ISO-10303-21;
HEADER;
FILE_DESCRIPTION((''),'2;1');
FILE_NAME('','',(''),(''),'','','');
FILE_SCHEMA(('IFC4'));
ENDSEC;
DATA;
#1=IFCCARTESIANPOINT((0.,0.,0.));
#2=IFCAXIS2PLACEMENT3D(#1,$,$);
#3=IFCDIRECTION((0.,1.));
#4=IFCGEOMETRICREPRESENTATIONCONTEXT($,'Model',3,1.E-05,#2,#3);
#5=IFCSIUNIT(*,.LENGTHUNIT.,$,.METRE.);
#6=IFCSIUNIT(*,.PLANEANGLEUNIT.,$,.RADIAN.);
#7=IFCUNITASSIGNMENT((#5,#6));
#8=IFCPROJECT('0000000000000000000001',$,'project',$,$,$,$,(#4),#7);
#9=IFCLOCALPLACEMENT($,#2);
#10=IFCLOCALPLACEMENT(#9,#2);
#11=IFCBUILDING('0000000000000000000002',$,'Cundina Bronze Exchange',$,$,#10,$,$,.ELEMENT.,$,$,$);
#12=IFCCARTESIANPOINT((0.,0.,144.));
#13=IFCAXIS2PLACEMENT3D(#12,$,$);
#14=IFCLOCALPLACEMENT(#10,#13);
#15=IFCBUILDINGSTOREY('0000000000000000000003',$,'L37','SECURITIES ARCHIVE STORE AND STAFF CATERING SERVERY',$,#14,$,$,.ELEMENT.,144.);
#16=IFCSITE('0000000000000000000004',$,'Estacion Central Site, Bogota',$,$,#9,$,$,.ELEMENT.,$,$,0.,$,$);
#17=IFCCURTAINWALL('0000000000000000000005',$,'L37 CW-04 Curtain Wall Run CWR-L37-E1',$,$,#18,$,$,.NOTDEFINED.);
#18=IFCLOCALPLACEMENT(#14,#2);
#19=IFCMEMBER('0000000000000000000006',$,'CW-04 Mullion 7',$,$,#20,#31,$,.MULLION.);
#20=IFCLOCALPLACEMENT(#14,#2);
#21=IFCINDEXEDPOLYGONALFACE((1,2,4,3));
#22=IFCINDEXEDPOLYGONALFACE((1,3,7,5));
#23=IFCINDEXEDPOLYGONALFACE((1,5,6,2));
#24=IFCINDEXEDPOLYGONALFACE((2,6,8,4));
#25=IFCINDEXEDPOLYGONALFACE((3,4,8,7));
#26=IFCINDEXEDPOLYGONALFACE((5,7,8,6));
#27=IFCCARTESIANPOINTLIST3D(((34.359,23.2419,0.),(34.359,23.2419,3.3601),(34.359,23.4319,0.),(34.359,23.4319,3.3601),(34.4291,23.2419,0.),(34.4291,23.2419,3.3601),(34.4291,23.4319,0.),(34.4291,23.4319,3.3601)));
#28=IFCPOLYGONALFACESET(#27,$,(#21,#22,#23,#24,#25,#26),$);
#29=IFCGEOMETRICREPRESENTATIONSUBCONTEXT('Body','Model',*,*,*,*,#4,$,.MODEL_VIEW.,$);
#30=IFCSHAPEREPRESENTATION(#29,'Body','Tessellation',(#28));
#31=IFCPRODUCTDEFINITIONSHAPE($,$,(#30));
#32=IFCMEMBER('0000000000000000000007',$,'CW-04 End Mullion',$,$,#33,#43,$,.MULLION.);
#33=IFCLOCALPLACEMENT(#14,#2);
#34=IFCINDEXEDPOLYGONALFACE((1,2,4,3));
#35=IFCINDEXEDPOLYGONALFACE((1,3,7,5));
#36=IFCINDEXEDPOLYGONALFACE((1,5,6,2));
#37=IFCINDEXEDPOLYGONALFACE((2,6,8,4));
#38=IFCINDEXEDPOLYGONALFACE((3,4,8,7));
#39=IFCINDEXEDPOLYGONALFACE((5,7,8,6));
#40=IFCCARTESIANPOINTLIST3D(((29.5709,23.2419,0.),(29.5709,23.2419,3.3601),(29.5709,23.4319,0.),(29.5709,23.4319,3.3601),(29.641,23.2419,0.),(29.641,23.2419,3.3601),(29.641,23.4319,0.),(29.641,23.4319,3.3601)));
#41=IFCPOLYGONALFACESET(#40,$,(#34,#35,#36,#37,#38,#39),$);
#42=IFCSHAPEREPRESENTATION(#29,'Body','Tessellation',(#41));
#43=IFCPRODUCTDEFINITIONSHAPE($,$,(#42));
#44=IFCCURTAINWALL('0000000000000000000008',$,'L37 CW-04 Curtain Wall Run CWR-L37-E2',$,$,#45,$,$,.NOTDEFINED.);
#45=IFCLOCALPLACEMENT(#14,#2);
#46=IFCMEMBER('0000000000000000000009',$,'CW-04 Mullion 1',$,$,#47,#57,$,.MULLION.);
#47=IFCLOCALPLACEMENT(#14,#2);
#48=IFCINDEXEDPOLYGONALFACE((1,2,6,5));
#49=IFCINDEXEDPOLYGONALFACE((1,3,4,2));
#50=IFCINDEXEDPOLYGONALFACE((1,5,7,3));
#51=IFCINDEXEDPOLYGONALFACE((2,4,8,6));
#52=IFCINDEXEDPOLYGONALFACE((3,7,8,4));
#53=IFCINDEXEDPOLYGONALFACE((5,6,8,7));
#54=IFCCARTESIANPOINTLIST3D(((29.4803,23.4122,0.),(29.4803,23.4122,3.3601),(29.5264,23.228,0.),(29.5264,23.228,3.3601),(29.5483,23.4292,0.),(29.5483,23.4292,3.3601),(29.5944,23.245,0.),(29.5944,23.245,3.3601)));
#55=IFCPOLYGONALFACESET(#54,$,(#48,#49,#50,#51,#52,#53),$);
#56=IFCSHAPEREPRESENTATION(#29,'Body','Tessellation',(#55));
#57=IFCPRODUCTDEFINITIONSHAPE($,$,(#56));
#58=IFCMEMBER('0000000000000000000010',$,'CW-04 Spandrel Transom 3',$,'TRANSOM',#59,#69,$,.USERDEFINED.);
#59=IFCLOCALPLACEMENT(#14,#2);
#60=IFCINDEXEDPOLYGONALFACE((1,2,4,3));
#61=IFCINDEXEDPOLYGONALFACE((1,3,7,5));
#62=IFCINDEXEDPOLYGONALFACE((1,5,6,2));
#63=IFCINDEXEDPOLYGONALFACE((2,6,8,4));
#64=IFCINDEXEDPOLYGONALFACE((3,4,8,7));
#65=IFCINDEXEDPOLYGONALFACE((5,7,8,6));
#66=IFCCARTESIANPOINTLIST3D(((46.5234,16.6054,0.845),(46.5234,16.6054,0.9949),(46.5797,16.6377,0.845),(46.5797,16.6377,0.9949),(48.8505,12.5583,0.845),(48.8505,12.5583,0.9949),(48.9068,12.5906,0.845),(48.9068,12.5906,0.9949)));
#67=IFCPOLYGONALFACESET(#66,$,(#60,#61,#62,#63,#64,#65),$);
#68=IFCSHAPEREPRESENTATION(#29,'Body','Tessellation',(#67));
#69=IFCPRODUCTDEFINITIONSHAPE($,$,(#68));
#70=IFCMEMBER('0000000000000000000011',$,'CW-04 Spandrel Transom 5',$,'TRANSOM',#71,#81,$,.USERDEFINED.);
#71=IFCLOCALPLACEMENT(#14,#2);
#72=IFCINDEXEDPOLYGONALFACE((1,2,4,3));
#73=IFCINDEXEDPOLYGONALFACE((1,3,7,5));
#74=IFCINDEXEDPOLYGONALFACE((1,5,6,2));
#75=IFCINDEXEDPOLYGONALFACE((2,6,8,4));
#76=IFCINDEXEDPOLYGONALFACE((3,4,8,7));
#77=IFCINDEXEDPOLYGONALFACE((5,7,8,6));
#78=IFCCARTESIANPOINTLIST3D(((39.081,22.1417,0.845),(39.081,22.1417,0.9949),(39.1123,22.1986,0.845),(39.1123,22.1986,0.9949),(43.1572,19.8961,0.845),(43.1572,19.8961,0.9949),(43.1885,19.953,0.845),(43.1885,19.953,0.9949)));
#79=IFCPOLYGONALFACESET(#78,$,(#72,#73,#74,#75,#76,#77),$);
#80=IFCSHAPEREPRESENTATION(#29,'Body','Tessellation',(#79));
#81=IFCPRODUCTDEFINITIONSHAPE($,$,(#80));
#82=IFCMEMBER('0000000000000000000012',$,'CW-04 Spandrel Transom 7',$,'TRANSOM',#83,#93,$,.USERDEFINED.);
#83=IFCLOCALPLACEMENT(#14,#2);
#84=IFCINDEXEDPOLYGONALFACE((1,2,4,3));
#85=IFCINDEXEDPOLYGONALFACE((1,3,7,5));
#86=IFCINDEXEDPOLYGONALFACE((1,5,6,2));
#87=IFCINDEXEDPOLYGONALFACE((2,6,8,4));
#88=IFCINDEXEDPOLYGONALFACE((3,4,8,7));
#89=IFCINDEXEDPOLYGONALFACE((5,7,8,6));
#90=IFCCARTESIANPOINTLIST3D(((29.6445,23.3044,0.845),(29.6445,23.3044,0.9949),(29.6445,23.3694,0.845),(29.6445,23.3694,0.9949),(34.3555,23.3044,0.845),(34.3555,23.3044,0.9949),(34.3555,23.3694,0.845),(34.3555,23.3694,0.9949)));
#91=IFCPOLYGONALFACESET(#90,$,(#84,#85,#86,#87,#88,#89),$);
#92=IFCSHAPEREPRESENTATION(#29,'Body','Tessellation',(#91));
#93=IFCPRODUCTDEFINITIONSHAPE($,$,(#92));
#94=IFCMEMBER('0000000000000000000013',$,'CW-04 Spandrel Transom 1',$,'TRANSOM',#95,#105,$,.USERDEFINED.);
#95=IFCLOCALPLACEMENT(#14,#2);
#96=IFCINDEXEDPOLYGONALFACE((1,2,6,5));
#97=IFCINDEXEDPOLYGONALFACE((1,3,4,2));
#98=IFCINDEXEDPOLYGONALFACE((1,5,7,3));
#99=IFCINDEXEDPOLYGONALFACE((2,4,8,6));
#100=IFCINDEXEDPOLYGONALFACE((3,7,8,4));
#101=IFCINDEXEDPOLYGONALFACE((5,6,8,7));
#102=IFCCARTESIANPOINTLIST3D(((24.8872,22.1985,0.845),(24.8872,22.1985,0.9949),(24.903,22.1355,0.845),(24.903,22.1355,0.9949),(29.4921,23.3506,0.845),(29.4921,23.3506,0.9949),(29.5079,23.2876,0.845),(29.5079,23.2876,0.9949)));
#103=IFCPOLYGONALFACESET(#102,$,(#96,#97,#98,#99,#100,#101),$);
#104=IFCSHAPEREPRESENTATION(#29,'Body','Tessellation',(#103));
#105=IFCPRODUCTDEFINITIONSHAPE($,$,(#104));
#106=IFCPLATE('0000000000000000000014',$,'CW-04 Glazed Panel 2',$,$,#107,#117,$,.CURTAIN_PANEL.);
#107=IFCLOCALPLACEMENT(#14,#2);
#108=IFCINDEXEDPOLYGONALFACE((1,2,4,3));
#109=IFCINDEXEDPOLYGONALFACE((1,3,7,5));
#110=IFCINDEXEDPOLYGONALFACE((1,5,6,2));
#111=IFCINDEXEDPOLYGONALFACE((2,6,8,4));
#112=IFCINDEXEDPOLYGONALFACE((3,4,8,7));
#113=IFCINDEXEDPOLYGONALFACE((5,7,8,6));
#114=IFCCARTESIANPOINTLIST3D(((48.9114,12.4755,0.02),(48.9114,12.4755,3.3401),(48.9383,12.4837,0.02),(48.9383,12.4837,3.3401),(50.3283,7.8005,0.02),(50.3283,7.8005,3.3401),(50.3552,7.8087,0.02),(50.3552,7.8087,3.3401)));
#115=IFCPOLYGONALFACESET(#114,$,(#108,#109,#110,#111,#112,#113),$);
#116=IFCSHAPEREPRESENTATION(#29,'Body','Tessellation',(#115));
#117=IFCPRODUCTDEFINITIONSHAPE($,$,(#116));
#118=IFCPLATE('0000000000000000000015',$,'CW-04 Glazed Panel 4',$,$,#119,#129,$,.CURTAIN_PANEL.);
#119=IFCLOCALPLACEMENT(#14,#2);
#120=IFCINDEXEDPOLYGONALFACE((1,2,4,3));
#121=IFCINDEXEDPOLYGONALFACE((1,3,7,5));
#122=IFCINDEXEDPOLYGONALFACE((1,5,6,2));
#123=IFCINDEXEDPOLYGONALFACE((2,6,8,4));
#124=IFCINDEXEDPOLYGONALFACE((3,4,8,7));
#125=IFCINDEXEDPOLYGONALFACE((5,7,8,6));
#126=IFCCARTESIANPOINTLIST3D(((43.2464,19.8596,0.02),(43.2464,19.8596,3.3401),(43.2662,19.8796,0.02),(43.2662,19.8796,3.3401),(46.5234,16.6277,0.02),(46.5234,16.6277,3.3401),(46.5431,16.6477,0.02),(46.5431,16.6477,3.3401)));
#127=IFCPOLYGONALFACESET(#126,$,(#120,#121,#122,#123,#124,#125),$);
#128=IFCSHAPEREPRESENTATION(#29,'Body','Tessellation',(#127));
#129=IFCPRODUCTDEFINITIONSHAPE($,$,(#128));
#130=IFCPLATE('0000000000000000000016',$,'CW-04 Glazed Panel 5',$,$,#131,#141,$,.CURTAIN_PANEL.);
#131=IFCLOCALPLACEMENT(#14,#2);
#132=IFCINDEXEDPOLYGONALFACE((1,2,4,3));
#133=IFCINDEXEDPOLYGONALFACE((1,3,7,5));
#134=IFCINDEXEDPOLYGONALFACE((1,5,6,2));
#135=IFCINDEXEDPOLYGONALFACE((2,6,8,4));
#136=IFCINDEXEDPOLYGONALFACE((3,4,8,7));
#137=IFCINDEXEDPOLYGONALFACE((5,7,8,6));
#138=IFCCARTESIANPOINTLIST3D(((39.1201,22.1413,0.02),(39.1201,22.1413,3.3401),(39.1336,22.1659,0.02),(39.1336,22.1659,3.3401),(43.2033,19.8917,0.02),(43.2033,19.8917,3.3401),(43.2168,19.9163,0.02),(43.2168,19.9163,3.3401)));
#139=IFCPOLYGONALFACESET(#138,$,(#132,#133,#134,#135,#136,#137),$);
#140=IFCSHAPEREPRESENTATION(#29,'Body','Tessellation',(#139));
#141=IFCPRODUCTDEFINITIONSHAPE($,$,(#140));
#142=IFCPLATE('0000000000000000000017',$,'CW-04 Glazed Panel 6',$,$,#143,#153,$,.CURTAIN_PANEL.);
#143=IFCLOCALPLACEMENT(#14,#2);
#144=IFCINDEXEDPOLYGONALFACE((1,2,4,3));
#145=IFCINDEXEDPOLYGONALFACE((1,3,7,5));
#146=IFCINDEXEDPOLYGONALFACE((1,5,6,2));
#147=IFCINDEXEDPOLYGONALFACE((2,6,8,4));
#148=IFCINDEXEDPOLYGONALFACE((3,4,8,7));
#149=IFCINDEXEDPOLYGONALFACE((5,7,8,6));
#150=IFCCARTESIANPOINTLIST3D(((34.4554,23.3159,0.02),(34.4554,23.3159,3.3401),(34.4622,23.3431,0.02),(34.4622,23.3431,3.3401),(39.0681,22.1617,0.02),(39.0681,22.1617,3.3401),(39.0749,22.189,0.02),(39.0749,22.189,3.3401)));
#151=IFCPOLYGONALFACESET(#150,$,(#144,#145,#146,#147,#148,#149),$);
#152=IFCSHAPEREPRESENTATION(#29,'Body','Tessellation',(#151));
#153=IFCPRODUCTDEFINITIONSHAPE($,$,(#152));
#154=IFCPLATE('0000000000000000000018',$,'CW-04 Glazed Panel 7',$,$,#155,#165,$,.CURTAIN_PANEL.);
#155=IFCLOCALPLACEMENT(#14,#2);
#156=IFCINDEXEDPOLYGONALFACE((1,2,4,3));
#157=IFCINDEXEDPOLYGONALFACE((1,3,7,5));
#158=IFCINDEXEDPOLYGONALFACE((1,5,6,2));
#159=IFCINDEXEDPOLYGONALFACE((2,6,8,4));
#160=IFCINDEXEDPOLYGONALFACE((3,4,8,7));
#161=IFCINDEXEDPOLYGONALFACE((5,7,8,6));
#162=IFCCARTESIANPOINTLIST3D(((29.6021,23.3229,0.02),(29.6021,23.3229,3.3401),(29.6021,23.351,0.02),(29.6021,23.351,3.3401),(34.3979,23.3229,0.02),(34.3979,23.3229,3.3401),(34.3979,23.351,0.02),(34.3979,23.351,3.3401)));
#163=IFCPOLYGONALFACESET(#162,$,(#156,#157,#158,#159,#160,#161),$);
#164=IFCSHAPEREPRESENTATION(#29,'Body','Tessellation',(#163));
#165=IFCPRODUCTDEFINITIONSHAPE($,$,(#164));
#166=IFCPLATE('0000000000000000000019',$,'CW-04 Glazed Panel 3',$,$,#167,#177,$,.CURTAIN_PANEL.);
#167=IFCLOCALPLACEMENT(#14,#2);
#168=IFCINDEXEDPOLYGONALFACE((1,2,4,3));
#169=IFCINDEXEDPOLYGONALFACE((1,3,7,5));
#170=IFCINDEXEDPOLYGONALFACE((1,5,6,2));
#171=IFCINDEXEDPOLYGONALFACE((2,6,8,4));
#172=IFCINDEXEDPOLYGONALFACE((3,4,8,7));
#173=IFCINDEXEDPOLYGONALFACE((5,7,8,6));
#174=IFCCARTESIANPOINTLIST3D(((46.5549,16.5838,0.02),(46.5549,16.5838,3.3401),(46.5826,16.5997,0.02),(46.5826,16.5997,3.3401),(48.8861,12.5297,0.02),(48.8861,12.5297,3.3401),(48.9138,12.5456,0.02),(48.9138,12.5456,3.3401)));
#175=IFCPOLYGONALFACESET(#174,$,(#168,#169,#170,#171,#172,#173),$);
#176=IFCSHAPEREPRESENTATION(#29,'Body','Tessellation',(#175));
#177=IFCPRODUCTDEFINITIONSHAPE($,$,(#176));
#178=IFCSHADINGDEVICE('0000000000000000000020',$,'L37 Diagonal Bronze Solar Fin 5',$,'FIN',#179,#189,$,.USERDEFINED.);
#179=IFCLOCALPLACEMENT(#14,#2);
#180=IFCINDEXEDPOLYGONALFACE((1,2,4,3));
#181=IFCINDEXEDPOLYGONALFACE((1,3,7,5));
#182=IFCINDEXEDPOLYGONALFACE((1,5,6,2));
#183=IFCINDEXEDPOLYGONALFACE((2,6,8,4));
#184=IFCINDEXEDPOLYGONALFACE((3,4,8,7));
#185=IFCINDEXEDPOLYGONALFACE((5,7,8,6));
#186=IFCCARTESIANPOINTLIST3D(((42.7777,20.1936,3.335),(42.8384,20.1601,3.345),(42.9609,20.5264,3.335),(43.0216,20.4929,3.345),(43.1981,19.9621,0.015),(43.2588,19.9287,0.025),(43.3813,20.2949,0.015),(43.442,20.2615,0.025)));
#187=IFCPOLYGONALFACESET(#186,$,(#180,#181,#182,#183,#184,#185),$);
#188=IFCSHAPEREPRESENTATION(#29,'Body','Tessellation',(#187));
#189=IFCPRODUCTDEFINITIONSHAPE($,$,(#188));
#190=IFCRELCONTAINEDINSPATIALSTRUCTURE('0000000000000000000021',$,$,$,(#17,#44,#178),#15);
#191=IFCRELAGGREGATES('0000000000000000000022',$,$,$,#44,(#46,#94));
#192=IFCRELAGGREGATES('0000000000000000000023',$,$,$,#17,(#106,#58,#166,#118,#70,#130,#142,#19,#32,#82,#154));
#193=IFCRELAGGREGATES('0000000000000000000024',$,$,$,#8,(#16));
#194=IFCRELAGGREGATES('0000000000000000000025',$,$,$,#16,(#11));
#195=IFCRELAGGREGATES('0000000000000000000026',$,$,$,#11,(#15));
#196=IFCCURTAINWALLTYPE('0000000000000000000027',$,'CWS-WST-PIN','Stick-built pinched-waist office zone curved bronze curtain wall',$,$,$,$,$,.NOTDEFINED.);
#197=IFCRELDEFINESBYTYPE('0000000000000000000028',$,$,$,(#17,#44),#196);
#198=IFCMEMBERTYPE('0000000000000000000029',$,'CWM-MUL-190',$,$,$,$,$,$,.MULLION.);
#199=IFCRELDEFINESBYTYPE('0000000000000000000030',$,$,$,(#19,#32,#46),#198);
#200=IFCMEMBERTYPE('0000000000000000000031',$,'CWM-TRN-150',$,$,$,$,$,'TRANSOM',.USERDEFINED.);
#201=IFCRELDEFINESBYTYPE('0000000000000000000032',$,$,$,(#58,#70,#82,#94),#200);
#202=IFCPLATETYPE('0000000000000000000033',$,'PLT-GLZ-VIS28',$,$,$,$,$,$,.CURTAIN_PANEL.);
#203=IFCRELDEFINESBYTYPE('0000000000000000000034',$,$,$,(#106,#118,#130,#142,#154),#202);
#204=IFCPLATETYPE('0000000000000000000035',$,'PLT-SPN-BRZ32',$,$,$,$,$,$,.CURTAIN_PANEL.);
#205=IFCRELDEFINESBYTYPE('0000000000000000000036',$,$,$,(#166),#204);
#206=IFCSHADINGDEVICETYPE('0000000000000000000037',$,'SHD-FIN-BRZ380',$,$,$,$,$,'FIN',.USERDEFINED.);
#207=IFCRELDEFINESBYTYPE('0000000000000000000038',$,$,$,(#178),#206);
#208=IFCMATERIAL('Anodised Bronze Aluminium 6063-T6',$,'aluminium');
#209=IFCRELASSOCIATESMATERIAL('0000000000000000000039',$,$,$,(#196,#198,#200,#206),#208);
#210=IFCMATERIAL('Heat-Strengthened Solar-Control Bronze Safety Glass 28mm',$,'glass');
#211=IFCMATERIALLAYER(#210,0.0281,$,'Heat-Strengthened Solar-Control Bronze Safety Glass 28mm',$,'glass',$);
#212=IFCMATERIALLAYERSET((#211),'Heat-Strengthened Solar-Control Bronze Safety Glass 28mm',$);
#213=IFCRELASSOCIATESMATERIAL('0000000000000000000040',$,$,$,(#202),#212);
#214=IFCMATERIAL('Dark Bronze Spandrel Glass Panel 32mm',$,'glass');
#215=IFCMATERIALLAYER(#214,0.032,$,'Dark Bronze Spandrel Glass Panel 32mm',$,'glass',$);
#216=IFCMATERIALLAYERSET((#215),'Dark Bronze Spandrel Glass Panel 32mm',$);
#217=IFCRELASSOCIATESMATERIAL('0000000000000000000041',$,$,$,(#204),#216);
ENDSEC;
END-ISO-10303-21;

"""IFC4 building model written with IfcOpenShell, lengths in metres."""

from ifc_helpers import new_model, si_unit, direction, frame, origin, origin_2d, place, context, subcontext, project, spatial, rectangle, extrude, material, layer, layer_set, material_profile, profile_set, type_object, element, aggregate, save


model = new_model("IFC4")

# Units and contexts
model_context = context("Model", 3, precision=1e-05, world=origin(), true_north=direction((0.0, 1.0)))
body_context = subcontext(model_context, "Body", "Model", "MODEL_VIEW")
ifc_project = project(units=[si_unit("LENGTHUNIT", "METRE"), si_unit("PLANEANGLEUNIT", "RADIAN")], contexts=[model_context])

# Site, building, storey
site_placement = place(None, origin())
site = spatial("IfcSite", under=ifc_project, at=site_placement, Name="Estacion Central Site, Bogota", CompositionType="ELEMENT", RefElevation=0.0)
building_placement = place(site_placement, origin())
building = spatial("IfcBuilding", under=site, at=building_placement, Name="Cundina Bronze Exchange", CompositionType="ELEMENT")
storey_placement = place(building_placement, frame((0.0, 0.0, 144.0)))
storey = spatial("IfcBuildingStorey", under=building, at=storey_placement, Name="L37", Description="SECURITIES ARCHIVE STORE AND STAFF CATERING SERVERY", CompositionType="ELEMENT", Elevation=144.0)

# Curtain wall, members
ifc_material_1 = material(Name="Anodised Bronze Aluminium 6063-T6", Category="aluminium")
curtain_wall_type = type_object("IfcCurtainWallType", Name="CWS-WST-PIN", Description="Stick-built pinched-waist office zone curved bronze curtain wall", PredefinedType="NOTDEFINED", material=ifc_material_1)
curtain_wall_1_placement = place(storey_placement, origin())
curtain_wall_1 = element("IfcCurtainWall", 1, at=curtain_wall_1_placement, inside=storey, type_object=curtain_wall_type, Name="L37 CW-04 Curtain Wall Run CWR-L37-E1", PredefinedType="NOTDEFINED")
ifc_material_profile_1 = material_profile(ifc_material_1, rectangle(XDim=0.0701, YDim=0.1899, at=origin_2d()), Name="AL70X190", Category="aluminium")
ifc_profile_set_1 = profile_set([ifc_material_profile_1], Name="Anodised Bronze Aluminium 6063-T6")
member_type_1 = type_object("IfcMemberType", Name="CWM-MUL-190", PredefinedType="MULLION", material=ifc_profile_set_1)
member_1_placement = place(storey_placement, frame((34.394, 23.3369, 0.0), z_axis=(0.0, 0.0, 1.0), x_axis=(-1.0, 0.0, 0.0)))
member_1 = element("IfcMember", 2, at=member_1_placement, type_object=member_type_1, Name="CW-04 Mullion 7", PredefinedType="MULLION", context=body_context, shape_type="SweptSolid", body=[
    extrude(rectangle(XDim=0.0701, YDim=0.1899, at=origin_2d()), origin(), (0.0, 0.0, 1.0), 3.3601),
])
member_2_placement = place(storey_placement, frame((29.606, 23.3369, 0.0), z_axis=(0.0, 0.0, 1.0), x_axis=(-1.0, 0.0, 0.0)))
member_2 = element("IfcMember", 3, at=member_2_placement, type_object=member_type_1, Name="CW-04 End Mullion", PredefinedType="MULLION", context=body_context, shape_type="SweptSolid", body=[
    extrude(rectangle(XDim=0.0701, YDim=0.1899, at=origin_2d()), origin(), (0.0, 0.0, 1.0), 3.3601),
])

# Curtain wall, member
curtain_wall_2_placement = place(storey_placement, origin())
curtain_wall_2 = element("IfcCurtainWall", 4, at=curtain_wall_2_placement, inside=storey, type_object=curtain_wall_type, Name="L37 CW-04 Curtain Wall Run CWR-L37-E2", PredefinedType="NOTDEFINED")
member_3_placement = place(storey_placement, frame((29.5374, 23.3286, 0.0), z_axis=(0.0, 0.0, 1.0), x_axis=(-0.970084, -0.242769, 0.0)))
member_3 = element("IfcMember", 5, at=member_3_placement, type_object=member_type_1, Name="CW-04 Mullion 1", PredefinedType="MULLION", context=body_context, shape_type="SweptSolid", body=[
    extrude(rectangle(XDim=0.0701, YDim=0.1899, at=origin_2d()), origin(), (0.0, 0.0, 1.0), 3.3601),
])

# Members
ifc_material_profile_2 = material_profile(ifc_material_1, rectangle(XDim=0.0649, YDim=0.1499, at=origin_2d()), Name="AL65X150", Category="aluminium")
ifc_profile_set_2 = profile_set([ifc_material_profile_2], Name="Anodised Bronze Aluminium 6063-T6")
member_type_2 = type_object("IfcMemberType", Name="CWM-TRN-150", ElementType="TRANSOM", PredefinedType="USERDEFINED", material=ifc_profile_set_2)
member_4_placement = place(storey_placement, frame((48.8787, 12.5745, 0.9199), z_axis=(-0.49848, 0.866901, 0.0), x_axis=(-0.866901, -0.49848, 0.0)))
member_4 = element("IfcMember", 6, at=member_4_placement, type_object=member_type_2, Name="CW-04 Spandrel Transom 3", ObjectType="TRANSOM", PredefinedType="USERDEFINED", context=body_context, shape_type="SweptSolid", body=[
    extrude(rectangle(XDim=0.0649, YDim=0.1499, at=origin_2d()), origin(), (0.0, 0.0, 1.0), 4.6685),
])
member_5_placement = place(storey_placement, frame((43.1729, 19.9246, 0.9199), z_axis=(-0.875879, 0.482531, 0.0), x_axis=(-0.482531, -0.875879, 0.0)))
member_5 = element("IfcMember", 7, at=member_5_placement, type_object=member_type_2, Name="CW-04 Spandrel Transom 5", ObjectType="TRANSOM", PredefinedType="USERDEFINED", context=body_context, shape_type="SweptSolid", body=[
    extrude(rectangle(XDim=0.0649, YDim=0.1499, at=origin_2d()), origin(), (0.0, 0.0, 1.0), 4.6538),
])
member_6_placement = place(storey_placement, frame((34.3555, 23.3369, 0.9199), z_axis=(-1.0, 0.0, 0.0), x_axis=(0.0, -1.0, 0.0)))
member_6 = element("IfcMember", 8, at=member_6_placement, type_object=member_type_2, Name="CW-04 Spandrel Transom 7", ObjectType="TRANSOM", PredefinedType="USERDEFINED", context=body_context, shape_type="SweptSolid", body=[
    extrude(rectangle(XDim=0.0649, YDim=0.1499, at=origin_2d()), origin(), (0.0, 0.0, 1.0), 4.7109),
])
member_7_placement = place(storey_placement, frame((29.5, 23.3191, 0.9199), z_axis=(-0.9701, -0.242705, 0.0), x_axis=(0.242705, -0.9701, 0.0)))
member_7 = element("IfcMember", 9, at=member_7_placement, type_object=member_type_2, Name="CW-04 Spandrel Transom 1", ObjectType="TRANSOM", PredefinedType="USERDEFINED", context=body_context, shape_type="SweptSolid", body=[
    extrude(rectangle(XDim=0.0649, YDim=0.1499, at=origin_2d()), origin(), (0.0, 0.0, 1.0), 4.7468),
])
aggregate(curtain_wall_2, [member_3, member_7])

# Plates
ifc_material_2 = material(Name="Heat-Strengthened Solar-Control Bronze Safety Glass 28mm", Category="glass")
ifc_layer_1 = layer(ifc_material_2, 0.0281, Name="Heat-Strengthened Solar-Control Bronze Safety Glass 28mm", Category="glass")
ifc_layer_set_1 = layer_set([ifc_layer_1], Name="Heat-Strengthened Solar-Control Bronze Safety Glass 28mm")
plate_type_1 = type_object("IfcPlateType", Name="PLT-GLZ-VIS28", PredefinedType="CURTAIN_PANEL", material=ifc_layer_set_1)
plate_1_placement = place(storey_placement, frame((49.6333, 10.1421, 0.02), z_axis=(0.0, 0.0, 1.0), x_axis=(-0.290051, 0.957011, 0.0)))
plate_1 = element("IfcPlate", 10, at=plate_1_placement, type_object=plate_type_1, Name="CW-04 Glazed Panel 2", PredefinedType="CURTAIN_PANEL", context=body_context, shape_type="SweptSolid", body=[
    extrude(rectangle(XDim=4.885, YDim=0.0281, at=origin_2d()), origin(), (0.0, 0.0, 1.0), 3.3201),
])
plate_2_placement = place(storey_placement, frame((44.8948, 18.2537, 0.02), z_axis=(0.0, 0.0, 1.0), x_axis=(-0.711989, 0.70219, 0.0)))
plate_2 = element("IfcPlate", 11, at=plate_2_placement, type_object=plate_type_1, Name="CW-04 Glazed Panel 4", PredefinedType="CURTAIN_PANEL", context=body_context, shape_type="SweptSolid", body=[
    extrude(rectangle(XDim=4.6025, YDim=0.0281, at=origin_2d()), origin(), (0.0, 0.0, 1.0), 3.3201),
])
plate_3_placement = place(storey_placement, frame((41.1685, 21.0288, 0.02), z_axis=(0.0, 0.0, 1.0), x_axis=(-0.875869, 0.482549, 0.0)))
plate_3 = element("IfcPlate", 12, at=plate_3_placement, type_object=plate_type_1, Name="CW-04 Glazed Panel 5", PredefinedType="CURTAIN_PANEL", context=body_context, shape_type="SweptSolid", body=[
    extrude(rectangle(XDim=4.6619, YDim=0.0281, at=origin_2d()), origin(), (0.0, 0.0, 1.0), 3.3201),
])
plate_4_placement = place(storey_placement, frame((36.7651, 22.7524, 0.02), z_axis=(0.0, 0.0, 1.0), x_axis=(-0.970093, 0.242735, 0.0)))
plate_4 = element("IfcPlate", 13, at=plate_4_placement, type_object=plate_type_1, Name="CW-04 Glazed Panel 6", PredefinedType="CURTAIN_PANEL", context=body_context, shape_type="SweptSolid", body=[
    extrude(rectangle(XDim=4.7549, YDim=0.0281, at=origin_2d()), origin(), (0.0, 0.0, 1.0), 3.3201),
])
plate_5_placement = place(storey_placement, frame((32.0, 23.3369, 0.02), z_axis=(0.0, 0.0, 1.0), x_axis=(-1.0, 0.0, 0.0)))
plate_5 = element("IfcPlate", 14, at=plate_5_placement, type_object=plate_type_1, Name="CW-04 Glazed Panel 7", PredefinedType="CURTAIN_PANEL", context=body_context, shape_type="SweptSolid", body=[
    extrude(rectangle(XDim=4.7959, YDim=0.0281, at=origin_2d()), origin(), (0.0, 0.0, 1.0), 3.3201),
])
ifc_material_3 = material(Name="Dark Bronze Spandrel Glass Panel 32mm", Category="glass")
ifc_layer_2 = layer(ifc_material_3, 0.032, Name="Dark Bronze Spandrel Glass Panel 32mm", Category="glass")
ifc_layer_set_2 = layer_set([ifc_layer_2], Name="Dark Bronze Spandrel Glass Panel 32mm")
plate_type_2 = type_object("IfcPlateType", Name="PLT-SPN-BRZ32", PredefinedType="CURTAIN_PANEL", material=ifc_layer_set_2)
plate_6_placement = place(storey_placement, frame((47.7344, 14.5647, 0.02), z_axis=(0.0, 0.0, 1.0), x_axis=(-0.498488, 0.866897, 0.0)))
plate_6 = element("IfcPlate", 15, at=plate_6_placement, type_object=plate_type_2, Name="CW-04 Glazed Panel 3", PredefinedType="CURTAIN_PANEL", context=body_context, shape_type="SweptSolid", body=[
    extrude(rectangle(XDim=4.6765, YDim=0.032, at=origin_2d()), origin(), (0.0, 0.0, 1.0), 3.3201),
])
aggregate(curtain_wall_1, [plate_1, member_4, plate_6, plate_2, member_5, plate_3, plate_4, member_1, member_2, member_6, plate_5])

# Shading device
ifc_material_profile_3 = material_profile(ifc_material_1, rectangle(XDim=0.0701, YDim=0.3799, at=origin_2d()), Name="FIN70X380", Category="aluminium")
ifc_profile_set_3 = profile_set([ifc_material_profile_3], Name="Anodised Bronze Aluminium 6063-T6")
shading_device_type = type_object("IfcShadingDeviceType", Name="SHD-FIN-BRZ380", ElementType="FIN", PredefinedType="USERDEFINED", material=ifc_profile_set_3)
for number, where, z_axis, x_axis, name in (
    (16, (43.3201, 20.1118, 0.02), (-0.125324, 0.068994, 0.989714), (0.867012, -0.47731, 0.143061), "L37 Diagonal Bronze Solar Fin 5"),
):
    element("IfcShadingDevice", number, at=place(storey_placement, frame(where, z_axis=z_axis, x_axis=x_axis)), inside=storey, type_object=shading_device_type, Name=name, ObjectType="FIN", PredefinedType="USERDEFINED", context=body_context, shape_type="SweptSolid", body=[
        extrude(rectangle(XDim=0.0701, YDim=0.3799, at=origin_2d()), origin(), (0.0, 0.0, 1.0), 3.3545),
    ])

save(model, "model.ifc")
